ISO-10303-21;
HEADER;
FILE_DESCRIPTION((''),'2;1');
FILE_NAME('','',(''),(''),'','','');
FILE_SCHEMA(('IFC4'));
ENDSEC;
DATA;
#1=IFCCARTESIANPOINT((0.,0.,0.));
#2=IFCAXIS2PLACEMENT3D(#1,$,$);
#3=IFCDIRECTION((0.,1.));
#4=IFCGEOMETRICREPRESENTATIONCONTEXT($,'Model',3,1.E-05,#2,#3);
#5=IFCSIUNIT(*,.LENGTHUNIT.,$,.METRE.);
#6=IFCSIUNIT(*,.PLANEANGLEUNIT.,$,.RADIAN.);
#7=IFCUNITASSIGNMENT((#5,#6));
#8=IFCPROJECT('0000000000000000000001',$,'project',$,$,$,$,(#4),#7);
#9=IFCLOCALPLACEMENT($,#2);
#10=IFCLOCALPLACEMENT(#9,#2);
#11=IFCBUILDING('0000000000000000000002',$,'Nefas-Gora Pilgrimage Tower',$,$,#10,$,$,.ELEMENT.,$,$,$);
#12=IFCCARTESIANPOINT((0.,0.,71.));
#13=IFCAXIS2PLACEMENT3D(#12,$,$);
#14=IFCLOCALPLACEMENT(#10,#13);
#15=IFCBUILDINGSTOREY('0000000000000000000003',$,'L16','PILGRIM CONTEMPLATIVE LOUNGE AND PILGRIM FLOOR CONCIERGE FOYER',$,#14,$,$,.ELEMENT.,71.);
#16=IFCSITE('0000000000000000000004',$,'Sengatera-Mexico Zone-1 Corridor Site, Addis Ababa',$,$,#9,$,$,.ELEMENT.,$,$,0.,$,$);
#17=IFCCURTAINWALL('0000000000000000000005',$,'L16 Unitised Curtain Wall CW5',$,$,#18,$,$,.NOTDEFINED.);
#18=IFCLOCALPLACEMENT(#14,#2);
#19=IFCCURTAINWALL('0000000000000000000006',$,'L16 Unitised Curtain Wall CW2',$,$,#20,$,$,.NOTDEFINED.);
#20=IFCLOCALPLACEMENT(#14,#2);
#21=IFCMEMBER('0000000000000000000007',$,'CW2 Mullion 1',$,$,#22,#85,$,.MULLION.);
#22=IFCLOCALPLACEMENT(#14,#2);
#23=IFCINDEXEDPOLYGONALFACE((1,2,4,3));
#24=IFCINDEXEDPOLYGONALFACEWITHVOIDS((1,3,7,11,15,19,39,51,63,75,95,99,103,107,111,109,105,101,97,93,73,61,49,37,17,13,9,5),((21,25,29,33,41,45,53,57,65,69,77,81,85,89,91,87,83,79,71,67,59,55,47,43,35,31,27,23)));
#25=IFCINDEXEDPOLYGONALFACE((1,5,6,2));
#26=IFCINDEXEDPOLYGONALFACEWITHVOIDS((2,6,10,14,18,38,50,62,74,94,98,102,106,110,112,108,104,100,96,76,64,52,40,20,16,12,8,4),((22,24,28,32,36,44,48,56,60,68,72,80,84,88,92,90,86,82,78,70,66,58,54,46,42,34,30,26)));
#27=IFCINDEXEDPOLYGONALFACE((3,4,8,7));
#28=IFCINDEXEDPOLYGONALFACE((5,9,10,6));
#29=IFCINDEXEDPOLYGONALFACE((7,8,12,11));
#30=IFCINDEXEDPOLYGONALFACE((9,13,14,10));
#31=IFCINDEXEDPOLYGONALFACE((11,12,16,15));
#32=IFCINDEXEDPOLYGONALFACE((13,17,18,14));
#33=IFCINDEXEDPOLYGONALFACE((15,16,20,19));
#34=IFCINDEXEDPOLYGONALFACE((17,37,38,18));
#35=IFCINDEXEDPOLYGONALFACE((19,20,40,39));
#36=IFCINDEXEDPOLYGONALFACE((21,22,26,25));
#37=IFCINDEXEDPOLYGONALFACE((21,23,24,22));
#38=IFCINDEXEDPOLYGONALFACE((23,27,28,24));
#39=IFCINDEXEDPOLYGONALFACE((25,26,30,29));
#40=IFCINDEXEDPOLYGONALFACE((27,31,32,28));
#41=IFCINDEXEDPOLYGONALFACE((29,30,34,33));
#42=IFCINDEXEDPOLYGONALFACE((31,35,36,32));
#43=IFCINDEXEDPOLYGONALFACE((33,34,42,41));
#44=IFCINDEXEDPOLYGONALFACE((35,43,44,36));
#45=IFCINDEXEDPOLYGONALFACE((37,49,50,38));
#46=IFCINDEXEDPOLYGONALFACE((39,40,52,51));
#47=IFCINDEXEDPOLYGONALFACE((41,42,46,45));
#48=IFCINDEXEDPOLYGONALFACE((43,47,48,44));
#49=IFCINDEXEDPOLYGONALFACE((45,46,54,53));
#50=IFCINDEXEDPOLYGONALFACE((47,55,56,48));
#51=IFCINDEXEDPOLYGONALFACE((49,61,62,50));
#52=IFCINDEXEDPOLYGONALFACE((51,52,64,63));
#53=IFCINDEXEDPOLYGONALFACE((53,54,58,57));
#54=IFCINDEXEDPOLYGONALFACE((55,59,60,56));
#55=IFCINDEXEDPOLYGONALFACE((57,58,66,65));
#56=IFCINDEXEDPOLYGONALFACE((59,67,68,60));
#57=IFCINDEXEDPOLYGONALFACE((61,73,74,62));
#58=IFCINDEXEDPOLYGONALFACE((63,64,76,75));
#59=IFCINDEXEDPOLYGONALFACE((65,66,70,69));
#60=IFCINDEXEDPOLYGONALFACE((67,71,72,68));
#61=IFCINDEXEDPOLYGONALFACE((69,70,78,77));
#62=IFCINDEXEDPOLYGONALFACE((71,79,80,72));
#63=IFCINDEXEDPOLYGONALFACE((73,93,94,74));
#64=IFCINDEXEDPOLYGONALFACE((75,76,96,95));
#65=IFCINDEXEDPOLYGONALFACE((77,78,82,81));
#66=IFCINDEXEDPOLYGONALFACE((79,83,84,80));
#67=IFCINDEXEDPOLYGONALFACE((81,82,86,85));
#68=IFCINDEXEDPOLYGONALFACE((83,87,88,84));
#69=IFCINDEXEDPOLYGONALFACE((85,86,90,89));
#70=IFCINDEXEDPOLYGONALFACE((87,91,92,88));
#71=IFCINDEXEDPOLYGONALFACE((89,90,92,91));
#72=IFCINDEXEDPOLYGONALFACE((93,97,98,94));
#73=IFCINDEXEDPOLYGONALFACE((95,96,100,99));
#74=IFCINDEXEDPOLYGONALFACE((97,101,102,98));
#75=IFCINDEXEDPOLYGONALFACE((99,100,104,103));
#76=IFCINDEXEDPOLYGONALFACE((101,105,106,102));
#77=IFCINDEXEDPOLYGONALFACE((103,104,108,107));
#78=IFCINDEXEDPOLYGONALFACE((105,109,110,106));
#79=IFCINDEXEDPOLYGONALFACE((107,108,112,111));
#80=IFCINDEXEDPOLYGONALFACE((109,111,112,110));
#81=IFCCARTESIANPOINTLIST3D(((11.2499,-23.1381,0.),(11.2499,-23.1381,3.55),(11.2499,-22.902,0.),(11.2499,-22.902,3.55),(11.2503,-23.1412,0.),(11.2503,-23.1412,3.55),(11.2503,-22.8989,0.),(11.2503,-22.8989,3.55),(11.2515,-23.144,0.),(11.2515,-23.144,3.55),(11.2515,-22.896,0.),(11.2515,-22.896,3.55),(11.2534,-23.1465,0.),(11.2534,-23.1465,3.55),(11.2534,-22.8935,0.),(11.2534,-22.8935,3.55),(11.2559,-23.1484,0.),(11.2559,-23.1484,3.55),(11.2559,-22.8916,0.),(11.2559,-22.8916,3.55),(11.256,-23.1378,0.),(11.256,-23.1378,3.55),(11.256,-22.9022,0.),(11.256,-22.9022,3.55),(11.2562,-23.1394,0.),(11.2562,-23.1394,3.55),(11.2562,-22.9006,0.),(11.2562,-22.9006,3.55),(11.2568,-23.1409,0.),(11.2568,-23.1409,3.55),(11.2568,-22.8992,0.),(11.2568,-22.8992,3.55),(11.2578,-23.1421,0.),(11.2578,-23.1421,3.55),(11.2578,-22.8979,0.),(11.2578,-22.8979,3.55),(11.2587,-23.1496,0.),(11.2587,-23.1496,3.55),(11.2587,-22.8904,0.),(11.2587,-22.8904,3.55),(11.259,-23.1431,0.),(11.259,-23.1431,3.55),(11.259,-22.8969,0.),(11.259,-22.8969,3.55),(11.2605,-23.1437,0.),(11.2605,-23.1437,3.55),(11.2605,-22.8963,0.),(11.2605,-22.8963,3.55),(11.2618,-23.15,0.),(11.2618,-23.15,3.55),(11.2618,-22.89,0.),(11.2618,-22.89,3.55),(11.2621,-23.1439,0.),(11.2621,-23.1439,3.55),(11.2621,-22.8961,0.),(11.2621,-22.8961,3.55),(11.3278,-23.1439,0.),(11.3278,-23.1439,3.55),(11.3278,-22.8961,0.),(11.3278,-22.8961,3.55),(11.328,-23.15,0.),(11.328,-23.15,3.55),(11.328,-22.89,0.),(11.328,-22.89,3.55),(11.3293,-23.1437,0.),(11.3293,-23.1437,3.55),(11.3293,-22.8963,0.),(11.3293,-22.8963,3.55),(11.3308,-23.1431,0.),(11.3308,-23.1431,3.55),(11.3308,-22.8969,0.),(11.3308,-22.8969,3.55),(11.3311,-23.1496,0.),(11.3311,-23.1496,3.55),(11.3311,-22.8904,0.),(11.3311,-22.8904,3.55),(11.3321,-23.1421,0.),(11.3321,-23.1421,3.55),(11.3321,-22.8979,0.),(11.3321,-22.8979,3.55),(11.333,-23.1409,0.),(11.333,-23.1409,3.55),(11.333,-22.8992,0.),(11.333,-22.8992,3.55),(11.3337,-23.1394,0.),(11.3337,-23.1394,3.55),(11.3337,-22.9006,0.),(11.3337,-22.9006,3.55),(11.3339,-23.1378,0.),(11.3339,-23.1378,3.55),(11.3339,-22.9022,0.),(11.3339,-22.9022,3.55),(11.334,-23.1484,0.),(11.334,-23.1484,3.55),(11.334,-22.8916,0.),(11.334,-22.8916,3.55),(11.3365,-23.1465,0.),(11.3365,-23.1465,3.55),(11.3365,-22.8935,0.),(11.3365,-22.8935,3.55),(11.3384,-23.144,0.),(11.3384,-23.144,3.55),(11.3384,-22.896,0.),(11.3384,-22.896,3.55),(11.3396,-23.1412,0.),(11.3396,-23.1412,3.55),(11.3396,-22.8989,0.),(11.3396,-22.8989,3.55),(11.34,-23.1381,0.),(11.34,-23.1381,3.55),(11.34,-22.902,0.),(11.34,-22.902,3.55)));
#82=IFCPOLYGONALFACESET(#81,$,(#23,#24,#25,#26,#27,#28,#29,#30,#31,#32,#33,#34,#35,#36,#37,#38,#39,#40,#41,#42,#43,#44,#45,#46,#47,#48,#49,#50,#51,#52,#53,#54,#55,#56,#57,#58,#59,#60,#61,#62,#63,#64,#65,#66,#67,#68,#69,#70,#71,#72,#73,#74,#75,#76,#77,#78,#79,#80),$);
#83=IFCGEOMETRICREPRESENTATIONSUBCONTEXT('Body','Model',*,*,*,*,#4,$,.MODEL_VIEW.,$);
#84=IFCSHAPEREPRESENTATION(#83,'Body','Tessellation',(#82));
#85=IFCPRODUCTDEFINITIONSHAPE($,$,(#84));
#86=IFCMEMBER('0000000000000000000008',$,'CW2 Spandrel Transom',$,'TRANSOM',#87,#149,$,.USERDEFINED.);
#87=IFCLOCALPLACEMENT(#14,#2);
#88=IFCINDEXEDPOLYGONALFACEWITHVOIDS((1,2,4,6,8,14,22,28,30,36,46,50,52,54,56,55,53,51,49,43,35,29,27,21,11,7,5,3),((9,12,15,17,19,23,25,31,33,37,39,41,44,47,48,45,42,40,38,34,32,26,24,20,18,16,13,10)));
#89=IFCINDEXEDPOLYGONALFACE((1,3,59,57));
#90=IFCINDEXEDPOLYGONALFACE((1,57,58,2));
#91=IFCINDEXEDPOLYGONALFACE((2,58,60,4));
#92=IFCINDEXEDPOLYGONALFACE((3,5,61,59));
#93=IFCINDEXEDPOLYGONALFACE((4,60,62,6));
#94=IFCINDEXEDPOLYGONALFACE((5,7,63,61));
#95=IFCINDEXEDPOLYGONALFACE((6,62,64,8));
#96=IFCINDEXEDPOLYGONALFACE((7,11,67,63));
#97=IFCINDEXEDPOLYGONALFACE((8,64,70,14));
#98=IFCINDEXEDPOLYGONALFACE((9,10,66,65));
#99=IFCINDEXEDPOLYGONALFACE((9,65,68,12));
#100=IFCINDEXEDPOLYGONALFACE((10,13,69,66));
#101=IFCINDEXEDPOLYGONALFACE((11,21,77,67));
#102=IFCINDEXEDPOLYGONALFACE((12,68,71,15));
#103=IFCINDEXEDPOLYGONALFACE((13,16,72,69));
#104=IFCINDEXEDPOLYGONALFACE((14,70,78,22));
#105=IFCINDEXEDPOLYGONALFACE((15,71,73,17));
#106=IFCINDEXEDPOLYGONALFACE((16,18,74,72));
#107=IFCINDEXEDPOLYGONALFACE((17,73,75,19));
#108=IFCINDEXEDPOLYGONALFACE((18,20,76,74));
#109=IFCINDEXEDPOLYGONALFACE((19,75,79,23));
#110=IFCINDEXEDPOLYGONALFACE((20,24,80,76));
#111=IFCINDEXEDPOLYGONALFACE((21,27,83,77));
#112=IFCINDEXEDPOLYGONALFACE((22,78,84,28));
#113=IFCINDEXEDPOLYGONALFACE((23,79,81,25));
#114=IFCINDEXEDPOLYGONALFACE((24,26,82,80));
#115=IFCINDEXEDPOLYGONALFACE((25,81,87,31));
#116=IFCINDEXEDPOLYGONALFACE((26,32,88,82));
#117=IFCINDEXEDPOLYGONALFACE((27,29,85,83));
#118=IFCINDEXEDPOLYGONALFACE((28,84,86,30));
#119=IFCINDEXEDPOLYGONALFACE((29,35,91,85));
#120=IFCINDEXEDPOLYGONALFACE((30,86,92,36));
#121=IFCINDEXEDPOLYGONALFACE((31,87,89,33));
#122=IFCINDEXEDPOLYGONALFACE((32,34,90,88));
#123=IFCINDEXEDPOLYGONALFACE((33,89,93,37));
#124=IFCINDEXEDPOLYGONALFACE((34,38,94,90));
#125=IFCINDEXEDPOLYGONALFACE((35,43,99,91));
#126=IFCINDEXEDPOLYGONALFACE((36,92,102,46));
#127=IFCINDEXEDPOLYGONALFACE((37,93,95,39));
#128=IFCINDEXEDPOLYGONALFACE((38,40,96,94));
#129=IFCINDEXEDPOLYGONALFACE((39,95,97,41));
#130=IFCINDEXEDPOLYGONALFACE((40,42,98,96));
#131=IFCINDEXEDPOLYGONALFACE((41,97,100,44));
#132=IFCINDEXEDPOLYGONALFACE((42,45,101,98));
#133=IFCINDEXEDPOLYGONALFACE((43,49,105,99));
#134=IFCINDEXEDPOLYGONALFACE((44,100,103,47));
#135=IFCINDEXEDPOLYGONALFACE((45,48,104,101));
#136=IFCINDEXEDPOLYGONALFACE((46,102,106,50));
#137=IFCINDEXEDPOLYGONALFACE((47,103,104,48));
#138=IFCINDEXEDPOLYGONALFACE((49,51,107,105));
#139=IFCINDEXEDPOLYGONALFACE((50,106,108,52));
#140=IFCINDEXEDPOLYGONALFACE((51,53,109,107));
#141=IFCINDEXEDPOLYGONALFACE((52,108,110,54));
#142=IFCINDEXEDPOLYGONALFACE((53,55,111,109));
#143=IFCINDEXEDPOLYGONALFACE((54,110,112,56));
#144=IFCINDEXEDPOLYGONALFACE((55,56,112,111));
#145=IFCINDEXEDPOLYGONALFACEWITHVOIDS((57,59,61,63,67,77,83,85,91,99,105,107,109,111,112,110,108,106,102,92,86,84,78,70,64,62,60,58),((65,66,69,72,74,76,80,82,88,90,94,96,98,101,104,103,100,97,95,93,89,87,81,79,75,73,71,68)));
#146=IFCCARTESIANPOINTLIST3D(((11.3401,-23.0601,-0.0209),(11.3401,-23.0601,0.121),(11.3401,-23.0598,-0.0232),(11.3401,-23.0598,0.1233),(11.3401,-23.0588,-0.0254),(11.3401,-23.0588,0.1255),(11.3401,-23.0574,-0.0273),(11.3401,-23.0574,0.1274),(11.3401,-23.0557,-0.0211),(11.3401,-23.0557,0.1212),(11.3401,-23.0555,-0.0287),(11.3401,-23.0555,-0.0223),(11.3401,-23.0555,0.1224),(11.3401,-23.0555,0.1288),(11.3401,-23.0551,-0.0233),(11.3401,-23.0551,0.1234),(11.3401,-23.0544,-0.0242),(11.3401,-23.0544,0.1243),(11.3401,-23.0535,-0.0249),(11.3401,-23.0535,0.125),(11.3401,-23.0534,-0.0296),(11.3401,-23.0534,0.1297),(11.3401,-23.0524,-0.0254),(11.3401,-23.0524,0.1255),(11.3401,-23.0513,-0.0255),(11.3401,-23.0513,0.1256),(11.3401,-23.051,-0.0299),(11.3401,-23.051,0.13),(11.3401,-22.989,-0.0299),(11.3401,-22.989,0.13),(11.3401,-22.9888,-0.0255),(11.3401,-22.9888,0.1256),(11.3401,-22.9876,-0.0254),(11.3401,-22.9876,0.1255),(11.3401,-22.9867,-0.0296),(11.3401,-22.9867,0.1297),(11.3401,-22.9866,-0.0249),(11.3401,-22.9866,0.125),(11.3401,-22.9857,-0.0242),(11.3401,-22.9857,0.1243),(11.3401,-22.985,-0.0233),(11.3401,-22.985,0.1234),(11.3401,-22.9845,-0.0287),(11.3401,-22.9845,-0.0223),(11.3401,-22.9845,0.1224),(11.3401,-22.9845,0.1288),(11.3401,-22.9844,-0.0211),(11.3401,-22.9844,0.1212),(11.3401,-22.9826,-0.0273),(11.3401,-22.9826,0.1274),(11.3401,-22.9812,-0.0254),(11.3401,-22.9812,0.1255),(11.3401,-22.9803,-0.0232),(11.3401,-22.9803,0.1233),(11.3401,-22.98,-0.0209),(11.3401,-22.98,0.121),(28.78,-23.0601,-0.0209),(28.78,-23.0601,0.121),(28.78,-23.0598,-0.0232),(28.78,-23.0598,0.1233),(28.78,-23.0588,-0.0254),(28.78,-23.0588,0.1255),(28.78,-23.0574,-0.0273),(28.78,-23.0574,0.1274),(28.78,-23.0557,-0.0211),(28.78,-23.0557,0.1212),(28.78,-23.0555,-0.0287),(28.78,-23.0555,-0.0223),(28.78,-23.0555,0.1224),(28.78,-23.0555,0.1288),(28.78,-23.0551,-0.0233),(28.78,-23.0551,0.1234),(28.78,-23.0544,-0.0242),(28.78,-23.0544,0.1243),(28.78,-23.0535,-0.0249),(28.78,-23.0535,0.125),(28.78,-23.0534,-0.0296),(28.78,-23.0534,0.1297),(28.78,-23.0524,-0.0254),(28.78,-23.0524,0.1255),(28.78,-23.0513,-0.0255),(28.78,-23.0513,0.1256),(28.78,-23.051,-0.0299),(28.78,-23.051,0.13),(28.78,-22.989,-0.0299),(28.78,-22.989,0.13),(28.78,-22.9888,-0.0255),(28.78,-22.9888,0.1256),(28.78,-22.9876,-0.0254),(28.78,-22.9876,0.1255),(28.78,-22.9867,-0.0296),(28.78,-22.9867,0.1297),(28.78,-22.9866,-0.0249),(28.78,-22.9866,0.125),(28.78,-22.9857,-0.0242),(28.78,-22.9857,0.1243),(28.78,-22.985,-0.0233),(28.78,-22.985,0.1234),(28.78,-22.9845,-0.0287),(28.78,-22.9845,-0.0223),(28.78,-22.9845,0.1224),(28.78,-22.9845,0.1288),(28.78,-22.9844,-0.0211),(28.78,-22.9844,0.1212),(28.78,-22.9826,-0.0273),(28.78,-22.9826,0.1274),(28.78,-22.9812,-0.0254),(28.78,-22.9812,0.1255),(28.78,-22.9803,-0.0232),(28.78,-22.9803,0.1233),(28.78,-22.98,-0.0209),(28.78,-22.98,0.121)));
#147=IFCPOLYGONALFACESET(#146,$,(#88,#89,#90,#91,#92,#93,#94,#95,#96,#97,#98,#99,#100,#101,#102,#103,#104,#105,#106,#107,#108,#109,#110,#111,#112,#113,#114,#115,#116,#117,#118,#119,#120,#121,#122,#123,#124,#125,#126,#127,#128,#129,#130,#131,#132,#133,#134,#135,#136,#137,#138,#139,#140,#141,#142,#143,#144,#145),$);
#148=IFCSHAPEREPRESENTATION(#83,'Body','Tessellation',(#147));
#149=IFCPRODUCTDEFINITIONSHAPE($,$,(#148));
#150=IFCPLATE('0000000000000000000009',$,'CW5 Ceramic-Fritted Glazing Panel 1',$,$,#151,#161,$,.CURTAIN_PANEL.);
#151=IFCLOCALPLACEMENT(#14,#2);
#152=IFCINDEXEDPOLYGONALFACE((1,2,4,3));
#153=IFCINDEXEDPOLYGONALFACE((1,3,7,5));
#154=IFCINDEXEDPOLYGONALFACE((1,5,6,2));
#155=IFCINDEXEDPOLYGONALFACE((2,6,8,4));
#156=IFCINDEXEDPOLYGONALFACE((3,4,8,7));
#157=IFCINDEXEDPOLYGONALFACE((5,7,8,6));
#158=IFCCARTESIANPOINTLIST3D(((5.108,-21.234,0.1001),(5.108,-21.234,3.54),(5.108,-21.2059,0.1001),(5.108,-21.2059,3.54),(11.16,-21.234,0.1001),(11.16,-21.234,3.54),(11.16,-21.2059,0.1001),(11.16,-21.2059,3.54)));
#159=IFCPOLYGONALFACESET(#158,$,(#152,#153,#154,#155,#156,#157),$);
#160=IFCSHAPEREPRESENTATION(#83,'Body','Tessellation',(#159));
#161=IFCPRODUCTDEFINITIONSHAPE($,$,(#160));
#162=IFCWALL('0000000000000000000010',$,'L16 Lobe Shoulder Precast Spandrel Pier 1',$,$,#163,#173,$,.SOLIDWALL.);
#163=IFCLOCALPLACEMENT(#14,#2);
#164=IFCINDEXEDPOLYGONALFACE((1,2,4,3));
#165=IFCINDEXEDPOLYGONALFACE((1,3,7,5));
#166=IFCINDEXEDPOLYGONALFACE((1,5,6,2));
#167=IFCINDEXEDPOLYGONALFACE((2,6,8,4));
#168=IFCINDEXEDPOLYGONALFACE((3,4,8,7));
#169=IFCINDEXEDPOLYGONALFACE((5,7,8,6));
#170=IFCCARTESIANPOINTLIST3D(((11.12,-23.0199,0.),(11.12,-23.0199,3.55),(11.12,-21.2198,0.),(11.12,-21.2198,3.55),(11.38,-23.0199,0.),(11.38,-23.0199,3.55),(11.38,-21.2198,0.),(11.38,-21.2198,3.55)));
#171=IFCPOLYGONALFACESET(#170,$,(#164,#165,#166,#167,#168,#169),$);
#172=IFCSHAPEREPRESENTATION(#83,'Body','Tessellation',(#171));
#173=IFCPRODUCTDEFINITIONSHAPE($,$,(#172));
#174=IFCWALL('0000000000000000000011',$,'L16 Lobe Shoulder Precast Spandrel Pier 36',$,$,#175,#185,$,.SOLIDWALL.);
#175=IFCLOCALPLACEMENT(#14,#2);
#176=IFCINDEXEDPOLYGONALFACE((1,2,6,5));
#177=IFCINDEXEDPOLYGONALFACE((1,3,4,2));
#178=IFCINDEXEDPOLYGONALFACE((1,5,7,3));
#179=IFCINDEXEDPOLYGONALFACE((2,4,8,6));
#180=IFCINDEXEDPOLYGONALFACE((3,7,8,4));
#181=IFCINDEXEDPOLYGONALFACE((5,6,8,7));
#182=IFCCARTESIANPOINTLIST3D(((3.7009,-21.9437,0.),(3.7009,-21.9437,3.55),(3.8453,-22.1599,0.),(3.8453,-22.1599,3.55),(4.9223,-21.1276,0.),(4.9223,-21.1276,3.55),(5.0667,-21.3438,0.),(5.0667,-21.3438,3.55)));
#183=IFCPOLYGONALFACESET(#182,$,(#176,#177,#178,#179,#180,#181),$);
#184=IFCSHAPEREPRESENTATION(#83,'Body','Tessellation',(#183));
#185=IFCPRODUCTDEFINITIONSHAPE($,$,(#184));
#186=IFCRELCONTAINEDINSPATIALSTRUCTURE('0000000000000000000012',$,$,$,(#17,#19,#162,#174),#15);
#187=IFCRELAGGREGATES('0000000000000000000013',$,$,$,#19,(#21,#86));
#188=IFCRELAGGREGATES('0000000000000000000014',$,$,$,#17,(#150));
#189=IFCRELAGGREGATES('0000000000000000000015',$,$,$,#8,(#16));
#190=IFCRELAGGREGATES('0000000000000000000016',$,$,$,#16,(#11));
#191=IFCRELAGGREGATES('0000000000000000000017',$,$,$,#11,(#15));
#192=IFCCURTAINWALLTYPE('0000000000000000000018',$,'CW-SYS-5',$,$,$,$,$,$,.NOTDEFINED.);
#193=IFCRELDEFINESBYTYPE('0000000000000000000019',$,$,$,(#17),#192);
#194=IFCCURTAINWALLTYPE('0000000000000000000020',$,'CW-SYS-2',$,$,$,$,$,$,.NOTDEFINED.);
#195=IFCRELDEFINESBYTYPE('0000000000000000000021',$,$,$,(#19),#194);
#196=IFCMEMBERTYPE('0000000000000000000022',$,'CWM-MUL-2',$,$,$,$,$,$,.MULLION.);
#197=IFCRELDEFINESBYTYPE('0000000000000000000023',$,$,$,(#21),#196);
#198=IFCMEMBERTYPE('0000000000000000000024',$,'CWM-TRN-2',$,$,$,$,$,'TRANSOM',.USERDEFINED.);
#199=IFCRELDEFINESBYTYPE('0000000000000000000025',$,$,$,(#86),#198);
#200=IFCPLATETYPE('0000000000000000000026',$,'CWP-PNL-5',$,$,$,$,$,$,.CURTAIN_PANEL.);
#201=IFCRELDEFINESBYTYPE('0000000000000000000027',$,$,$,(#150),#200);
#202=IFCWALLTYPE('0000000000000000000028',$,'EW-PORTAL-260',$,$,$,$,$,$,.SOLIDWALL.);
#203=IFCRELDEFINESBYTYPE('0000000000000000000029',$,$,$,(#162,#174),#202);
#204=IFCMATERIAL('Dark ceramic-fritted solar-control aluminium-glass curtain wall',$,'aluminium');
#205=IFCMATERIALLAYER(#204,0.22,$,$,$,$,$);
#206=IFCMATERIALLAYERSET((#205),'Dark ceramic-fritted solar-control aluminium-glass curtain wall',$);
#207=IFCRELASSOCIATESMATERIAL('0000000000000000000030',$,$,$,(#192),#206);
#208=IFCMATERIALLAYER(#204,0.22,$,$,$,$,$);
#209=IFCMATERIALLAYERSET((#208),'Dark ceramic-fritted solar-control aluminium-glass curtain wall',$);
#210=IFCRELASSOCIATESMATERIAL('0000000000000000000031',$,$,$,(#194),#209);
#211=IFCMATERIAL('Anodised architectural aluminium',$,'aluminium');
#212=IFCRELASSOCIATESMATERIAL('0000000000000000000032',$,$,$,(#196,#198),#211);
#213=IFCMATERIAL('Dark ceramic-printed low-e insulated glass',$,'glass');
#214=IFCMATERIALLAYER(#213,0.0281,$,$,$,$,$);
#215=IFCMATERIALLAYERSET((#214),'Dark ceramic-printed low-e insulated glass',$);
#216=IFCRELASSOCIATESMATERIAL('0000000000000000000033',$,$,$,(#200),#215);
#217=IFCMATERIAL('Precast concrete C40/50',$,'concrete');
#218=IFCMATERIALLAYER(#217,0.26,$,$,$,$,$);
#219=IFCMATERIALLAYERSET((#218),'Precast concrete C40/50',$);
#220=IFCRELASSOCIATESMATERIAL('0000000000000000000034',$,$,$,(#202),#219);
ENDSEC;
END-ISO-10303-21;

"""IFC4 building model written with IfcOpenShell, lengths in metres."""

from ifc_helpers import new_model, si_unit, direction, frame, frame_2d, origin, origin_2d, place, context, subcontext, project, spatial, rectangle, hollow_rectangle, extrude, source, transform, mapped, material, layer, layer_set, material_profile, profile_set, type_object, element, aggregate, save


model = new_model("IFC4")

# Units and contexts
model_context = context("Model", 3, precision=1e-05, world=origin(), true_north=direction((0.0, 1.0)))
body_context = subcontext(model_context, "Body", "Model", "MODEL_VIEW")
ifc_project = project(units=[si_unit("LENGTHUNIT", "METRE"), si_unit("PLANEANGLEUNIT", "RADIAN")], contexts=[model_context])

# Site, building, storey
site_placement = place(None, origin())
site = spatial("IfcSite", under=ifc_project, at=site_placement, Name="Sengatera-Mexico Zone-1 Corridor Site, Addis Ababa", CompositionType="ELEMENT", RefElevation=0.0)
building_placement = place(site_placement, origin())
building = spatial("IfcBuilding", under=site, at=building_placement, Name="Nefas-Gora Pilgrimage Tower", CompositionType="ELEMENT")
storey_placement = place(building_placement, frame((0.0, 0.0, 71.0)))
storey = spatial("IfcBuildingStorey", under=building, at=storey_placement, Name="L16", Description="PILGRIM CONTEMPLATIVE LOUNGE AND PILGRIM FLOOR CONCIERGE FOYER", CompositionType="ELEMENT", Elevation=71.0)

# Curtain wall
ifc_material_1 = material(Name="Dark ceramic-fritted solar-control aluminium-glass curtain wall", Category="aluminium")
ifc_layer_1 = layer(ifc_material_1, 0.22)
ifc_layer_set_1 = layer_set([ifc_layer_1], Name="Dark ceramic-fritted solar-control aluminium-glass curtain wall")
curtain_wall_type_1 = type_object("IfcCurtainWallType", Name="CW-SYS-5", PredefinedType="NOTDEFINED", material=ifc_layer_set_1)
curtain_wall_1_placement = place(storey_placement, origin())
curtain_wall_1 = element("IfcCurtainWall", 1, at=curtain_wall_1_placement, inside=storey, type_object=curtain_wall_type_1, Name="L16 Unitised Curtain Wall CW5", PredefinedType="NOTDEFINED")
ifc_material_2 = material(Name="Anodised architectural aluminium", Category="aluminium")

# Curtain wall, members
ifc_layer_2 = layer(ifc_material_1, 0.22)
ifc_layer_set_2 = layer_set([ifc_layer_2], Name="Dark ceramic-fritted solar-control aluminium-glass curtain wall")
curtain_wall_type_2 = type_object("IfcCurtainWallType", Name="CW-SYS-2", PredefinedType="NOTDEFINED", material=ifc_layer_set_2)
curtain_wall_2_placement = place(storey_placement, origin())
curtain_wall_2 = element("IfcCurtainWall", 2, at=curtain_wall_2_placement, inside=storey, type_object=curtain_wall_type_2, Name="L16 Unitised Curtain Wall CW2", PredefinedType="NOTDEFINED")
ifc_material_profile_1 = material_profile(ifc_material_2, hollow_rectangle(XDim=0.0901, YDim=0.26, WallThickness=0.0061, InnerFilletRadius=0.0061, OuterFilletRadius=0.012, at=origin_2d()), Name="ALU MULLION 90x260")
ifc_profile_set_1 = profile_set([ifc_material_profile_1], Name="Anodised architectural aluminium")
member_type_1 = type_object("IfcMemberType", Name="CWM-MUL-2", PredefinedType="MULLION", material=ifc_profile_set_1)
shared_shape_1 = source(origin(), body_context, "Body", "SweptSolid", [
    extrude(hollow_rectangle(XDim=0.0901, YDim=0.26, WallThickness=0.0061, InnerFilletRadius=0.0061, OuterFilletRadius=0.012, at=origin_2d()), origin(), (0.0, 0.0, 1.0), 3.55),
])
member_1_placement = place(storey_placement, frame((11.2949, -23.02, 0.0), z_axis=(0.0, 0.0, 1.0), x_axis=(1.0, 0.0, 0.0)))
member_1 = element("IfcMember", 3, at=member_1_placement, type_object=member_type_1, Name="CW2 Mullion 1", PredefinedType="MULLION", context=body_context, shape_type="MappedRepresentation", body=[
    mapped(shared_shape_1, transform((0.0, 0.0, 0.0), x_axis=(1.0, 0.0, 0.0), y_axis=(0.0, 1.0, 0.0), z_axis=(0.0, 0.0, 1.0), scale=1.0)),
])
ifc_material_profile_2 = material_profile(ifc_material_2, hollow_rectangle(XDim=0.0801, YDim=0.1599, WallThickness=0.0044, InnerFilletRadius=0.0044, OuterFilletRadius=0.009, at=origin_2d()), Name="ALU TRANSOM 80x160")
ifc_profile_set_2 = profile_set([ifc_material_profile_2], Name="Anodised architectural aluminium")
member_type_2 = type_object("IfcMemberType", Name="CWM-TRN-2", ElementType="TRANSOM", PredefinedType="USERDEFINED", material=ifc_profile_set_2)
shared_shape_2 = source(origin(), body_context, "Body", "SweptSolid", [
    extrude(hollow_rectangle(XDim=0.0801, YDim=0.1599, WallThickness=0.0044, InnerFilletRadius=0.0044, OuterFilletRadius=0.009, at=origin_2d()), origin(), (0.0, 0.0, 1.0), 17.4399),
])
member_2_placement = place(storey_placement, frame((11.3401, -23.02, 0.05), z_axis=(1.0, 0.0, 0.0), x_axis=(0.0, 1.0, 0.0)))
member_2 = element("IfcMember", 4, at=member_2_placement, type_object=member_type_2, Name="CW2 Spandrel Transom", ObjectType="TRANSOM", PredefinedType="USERDEFINED", context=body_context, shape_type="MappedRepresentation", body=[
    mapped(shared_shape_2, transform((0.0, 0.0, 0.0), x_axis=(1.0, 0.0, 0.0), y_axis=(0.0, 1.0, 0.0), z_axis=(0.0, 0.0, 1.0), scale=1.0)),
])
aggregate(curtain_wall_2, [member_1, member_2])

# Plate
ifc_material_3 = material(Name="Dark ceramic-printed low-e insulated glass", Category="glass")
ifc_layer_3 = layer(ifc_material_3, 0.0281)
ifc_layer_set_3 = layer_set([ifc_layer_3], Name="Dark ceramic-printed low-e insulated glass")
plate_type = type_object("IfcPlateType", Name="CWP-PNL-5", PredefinedType="CURTAIN_PANEL", material=ifc_layer_set_3)
shared_shape_3 = source(origin(), body_context, "Body", "SweptSolid", [
    extrude(rectangle(XDim=6.052, YDim=0.0281, at=origin_2d()), origin(), (0.0, 0.0, 1.0), 3.4399),
])
plate_placement = place(storey_placement, frame((8.134, -21.22, 0.1001), z_axis=(0.0, 0.0, 1.0), x_axis=(1.0, 0.0, 0.0)))
plate = element("IfcPlate", 5, at=plate_placement, type_object=plate_type, Name="CW5 Ceramic-Fritted Glazing Panel 1", PredefinedType="CURTAIN_PANEL", context=body_context, shape_type="MappedRepresentation", body=[
    mapped(shared_shape_3, transform((0.0, 0.0, 0.0), x_axis=(1.0, 0.0, 0.0), y_axis=(0.0, 1.0, 0.0), z_axis=(0.0, 0.0, 1.0), scale=1.0)),
])
aggregate(curtain_wall_1, [plate])

# Walls
ifc_material_4 = material(Name="Precast concrete C40/50", Category="concrete")
ifc_layer_4 = layer(ifc_material_4, 0.26)
ifc_layer_set_4 = layer_set([ifc_layer_4], Name="Precast concrete C40/50")
wall_type_1 = type_object("IfcWallType", Name="EW-PORTAL-260", PredefinedType="SOLIDWALL", material=ifc_layer_set_4)
shared_shape_4 = source(origin(), body_context, "Body", "SweptSolid", [
    extrude(rectangle(XDim=1.8, YDim=0.26, at=frame_2d((0.8999, 0.0))), origin(), (0.0, 0.0, 1.0), 3.55),
])
wall_1_placement = place(storey_placement, frame((11.25, -21.22, 0.0), z_axis=(0.0, 0.0, 1.0), x_axis=(0.0, -1.0, 0.0)))
element("IfcWall", 6, at=wall_1_placement, inside=storey, type_object=wall_type_1, Name="L16 Lobe Shoulder Precast Spandrel Pier 1", PredefinedType="SOLIDWALL", context=body_context, shape_type="MappedRepresentation", body=[
    mapped(shared_shape_4, transform((0.0, 0.0, 0.0), x_axis=(1.0, 0.0, 0.0), y_axis=(0.0, 1.0, 0.0), z_axis=(0.0, 0.0, 1.0), scale=1.0)),
])
shared_shape_5 = source(origin(), body_context, "Body", "SweptSolid", [
    extrude(rectangle(XDim=1.469, YDim=0.26, at=frame_2d((0.7344, 0.0))), origin(), (0.0, 0.0, 1.0), 3.55),
])
wall_2_placement = place(storey_placement, frame((3.7732, -22.0518, 0.0), z_axis=(0.0, 0.0, 1.0), x_axis=(0.831462, 0.555582, 0.0)))
element("IfcWall", 7, at=wall_2_placement, inside=storey, type_object=wall_type_1, Name="L16 Lobe Shoulder Precast Spandrel Pier 36", PredefinedType="SOLIDWALL", context=body_context, shape_type="MappedRepresentation", body=[
    mapped(shared_shape_5, transform((0.0, 0.0, 0.0), x_axis=(1.0, 0.0, 0.0), y_axis=(0.0, 1.0, 0.0), z_axis=(0.0, 0.0, 1.0), scale=1.0)),
])

save(model, "model.ifc")
